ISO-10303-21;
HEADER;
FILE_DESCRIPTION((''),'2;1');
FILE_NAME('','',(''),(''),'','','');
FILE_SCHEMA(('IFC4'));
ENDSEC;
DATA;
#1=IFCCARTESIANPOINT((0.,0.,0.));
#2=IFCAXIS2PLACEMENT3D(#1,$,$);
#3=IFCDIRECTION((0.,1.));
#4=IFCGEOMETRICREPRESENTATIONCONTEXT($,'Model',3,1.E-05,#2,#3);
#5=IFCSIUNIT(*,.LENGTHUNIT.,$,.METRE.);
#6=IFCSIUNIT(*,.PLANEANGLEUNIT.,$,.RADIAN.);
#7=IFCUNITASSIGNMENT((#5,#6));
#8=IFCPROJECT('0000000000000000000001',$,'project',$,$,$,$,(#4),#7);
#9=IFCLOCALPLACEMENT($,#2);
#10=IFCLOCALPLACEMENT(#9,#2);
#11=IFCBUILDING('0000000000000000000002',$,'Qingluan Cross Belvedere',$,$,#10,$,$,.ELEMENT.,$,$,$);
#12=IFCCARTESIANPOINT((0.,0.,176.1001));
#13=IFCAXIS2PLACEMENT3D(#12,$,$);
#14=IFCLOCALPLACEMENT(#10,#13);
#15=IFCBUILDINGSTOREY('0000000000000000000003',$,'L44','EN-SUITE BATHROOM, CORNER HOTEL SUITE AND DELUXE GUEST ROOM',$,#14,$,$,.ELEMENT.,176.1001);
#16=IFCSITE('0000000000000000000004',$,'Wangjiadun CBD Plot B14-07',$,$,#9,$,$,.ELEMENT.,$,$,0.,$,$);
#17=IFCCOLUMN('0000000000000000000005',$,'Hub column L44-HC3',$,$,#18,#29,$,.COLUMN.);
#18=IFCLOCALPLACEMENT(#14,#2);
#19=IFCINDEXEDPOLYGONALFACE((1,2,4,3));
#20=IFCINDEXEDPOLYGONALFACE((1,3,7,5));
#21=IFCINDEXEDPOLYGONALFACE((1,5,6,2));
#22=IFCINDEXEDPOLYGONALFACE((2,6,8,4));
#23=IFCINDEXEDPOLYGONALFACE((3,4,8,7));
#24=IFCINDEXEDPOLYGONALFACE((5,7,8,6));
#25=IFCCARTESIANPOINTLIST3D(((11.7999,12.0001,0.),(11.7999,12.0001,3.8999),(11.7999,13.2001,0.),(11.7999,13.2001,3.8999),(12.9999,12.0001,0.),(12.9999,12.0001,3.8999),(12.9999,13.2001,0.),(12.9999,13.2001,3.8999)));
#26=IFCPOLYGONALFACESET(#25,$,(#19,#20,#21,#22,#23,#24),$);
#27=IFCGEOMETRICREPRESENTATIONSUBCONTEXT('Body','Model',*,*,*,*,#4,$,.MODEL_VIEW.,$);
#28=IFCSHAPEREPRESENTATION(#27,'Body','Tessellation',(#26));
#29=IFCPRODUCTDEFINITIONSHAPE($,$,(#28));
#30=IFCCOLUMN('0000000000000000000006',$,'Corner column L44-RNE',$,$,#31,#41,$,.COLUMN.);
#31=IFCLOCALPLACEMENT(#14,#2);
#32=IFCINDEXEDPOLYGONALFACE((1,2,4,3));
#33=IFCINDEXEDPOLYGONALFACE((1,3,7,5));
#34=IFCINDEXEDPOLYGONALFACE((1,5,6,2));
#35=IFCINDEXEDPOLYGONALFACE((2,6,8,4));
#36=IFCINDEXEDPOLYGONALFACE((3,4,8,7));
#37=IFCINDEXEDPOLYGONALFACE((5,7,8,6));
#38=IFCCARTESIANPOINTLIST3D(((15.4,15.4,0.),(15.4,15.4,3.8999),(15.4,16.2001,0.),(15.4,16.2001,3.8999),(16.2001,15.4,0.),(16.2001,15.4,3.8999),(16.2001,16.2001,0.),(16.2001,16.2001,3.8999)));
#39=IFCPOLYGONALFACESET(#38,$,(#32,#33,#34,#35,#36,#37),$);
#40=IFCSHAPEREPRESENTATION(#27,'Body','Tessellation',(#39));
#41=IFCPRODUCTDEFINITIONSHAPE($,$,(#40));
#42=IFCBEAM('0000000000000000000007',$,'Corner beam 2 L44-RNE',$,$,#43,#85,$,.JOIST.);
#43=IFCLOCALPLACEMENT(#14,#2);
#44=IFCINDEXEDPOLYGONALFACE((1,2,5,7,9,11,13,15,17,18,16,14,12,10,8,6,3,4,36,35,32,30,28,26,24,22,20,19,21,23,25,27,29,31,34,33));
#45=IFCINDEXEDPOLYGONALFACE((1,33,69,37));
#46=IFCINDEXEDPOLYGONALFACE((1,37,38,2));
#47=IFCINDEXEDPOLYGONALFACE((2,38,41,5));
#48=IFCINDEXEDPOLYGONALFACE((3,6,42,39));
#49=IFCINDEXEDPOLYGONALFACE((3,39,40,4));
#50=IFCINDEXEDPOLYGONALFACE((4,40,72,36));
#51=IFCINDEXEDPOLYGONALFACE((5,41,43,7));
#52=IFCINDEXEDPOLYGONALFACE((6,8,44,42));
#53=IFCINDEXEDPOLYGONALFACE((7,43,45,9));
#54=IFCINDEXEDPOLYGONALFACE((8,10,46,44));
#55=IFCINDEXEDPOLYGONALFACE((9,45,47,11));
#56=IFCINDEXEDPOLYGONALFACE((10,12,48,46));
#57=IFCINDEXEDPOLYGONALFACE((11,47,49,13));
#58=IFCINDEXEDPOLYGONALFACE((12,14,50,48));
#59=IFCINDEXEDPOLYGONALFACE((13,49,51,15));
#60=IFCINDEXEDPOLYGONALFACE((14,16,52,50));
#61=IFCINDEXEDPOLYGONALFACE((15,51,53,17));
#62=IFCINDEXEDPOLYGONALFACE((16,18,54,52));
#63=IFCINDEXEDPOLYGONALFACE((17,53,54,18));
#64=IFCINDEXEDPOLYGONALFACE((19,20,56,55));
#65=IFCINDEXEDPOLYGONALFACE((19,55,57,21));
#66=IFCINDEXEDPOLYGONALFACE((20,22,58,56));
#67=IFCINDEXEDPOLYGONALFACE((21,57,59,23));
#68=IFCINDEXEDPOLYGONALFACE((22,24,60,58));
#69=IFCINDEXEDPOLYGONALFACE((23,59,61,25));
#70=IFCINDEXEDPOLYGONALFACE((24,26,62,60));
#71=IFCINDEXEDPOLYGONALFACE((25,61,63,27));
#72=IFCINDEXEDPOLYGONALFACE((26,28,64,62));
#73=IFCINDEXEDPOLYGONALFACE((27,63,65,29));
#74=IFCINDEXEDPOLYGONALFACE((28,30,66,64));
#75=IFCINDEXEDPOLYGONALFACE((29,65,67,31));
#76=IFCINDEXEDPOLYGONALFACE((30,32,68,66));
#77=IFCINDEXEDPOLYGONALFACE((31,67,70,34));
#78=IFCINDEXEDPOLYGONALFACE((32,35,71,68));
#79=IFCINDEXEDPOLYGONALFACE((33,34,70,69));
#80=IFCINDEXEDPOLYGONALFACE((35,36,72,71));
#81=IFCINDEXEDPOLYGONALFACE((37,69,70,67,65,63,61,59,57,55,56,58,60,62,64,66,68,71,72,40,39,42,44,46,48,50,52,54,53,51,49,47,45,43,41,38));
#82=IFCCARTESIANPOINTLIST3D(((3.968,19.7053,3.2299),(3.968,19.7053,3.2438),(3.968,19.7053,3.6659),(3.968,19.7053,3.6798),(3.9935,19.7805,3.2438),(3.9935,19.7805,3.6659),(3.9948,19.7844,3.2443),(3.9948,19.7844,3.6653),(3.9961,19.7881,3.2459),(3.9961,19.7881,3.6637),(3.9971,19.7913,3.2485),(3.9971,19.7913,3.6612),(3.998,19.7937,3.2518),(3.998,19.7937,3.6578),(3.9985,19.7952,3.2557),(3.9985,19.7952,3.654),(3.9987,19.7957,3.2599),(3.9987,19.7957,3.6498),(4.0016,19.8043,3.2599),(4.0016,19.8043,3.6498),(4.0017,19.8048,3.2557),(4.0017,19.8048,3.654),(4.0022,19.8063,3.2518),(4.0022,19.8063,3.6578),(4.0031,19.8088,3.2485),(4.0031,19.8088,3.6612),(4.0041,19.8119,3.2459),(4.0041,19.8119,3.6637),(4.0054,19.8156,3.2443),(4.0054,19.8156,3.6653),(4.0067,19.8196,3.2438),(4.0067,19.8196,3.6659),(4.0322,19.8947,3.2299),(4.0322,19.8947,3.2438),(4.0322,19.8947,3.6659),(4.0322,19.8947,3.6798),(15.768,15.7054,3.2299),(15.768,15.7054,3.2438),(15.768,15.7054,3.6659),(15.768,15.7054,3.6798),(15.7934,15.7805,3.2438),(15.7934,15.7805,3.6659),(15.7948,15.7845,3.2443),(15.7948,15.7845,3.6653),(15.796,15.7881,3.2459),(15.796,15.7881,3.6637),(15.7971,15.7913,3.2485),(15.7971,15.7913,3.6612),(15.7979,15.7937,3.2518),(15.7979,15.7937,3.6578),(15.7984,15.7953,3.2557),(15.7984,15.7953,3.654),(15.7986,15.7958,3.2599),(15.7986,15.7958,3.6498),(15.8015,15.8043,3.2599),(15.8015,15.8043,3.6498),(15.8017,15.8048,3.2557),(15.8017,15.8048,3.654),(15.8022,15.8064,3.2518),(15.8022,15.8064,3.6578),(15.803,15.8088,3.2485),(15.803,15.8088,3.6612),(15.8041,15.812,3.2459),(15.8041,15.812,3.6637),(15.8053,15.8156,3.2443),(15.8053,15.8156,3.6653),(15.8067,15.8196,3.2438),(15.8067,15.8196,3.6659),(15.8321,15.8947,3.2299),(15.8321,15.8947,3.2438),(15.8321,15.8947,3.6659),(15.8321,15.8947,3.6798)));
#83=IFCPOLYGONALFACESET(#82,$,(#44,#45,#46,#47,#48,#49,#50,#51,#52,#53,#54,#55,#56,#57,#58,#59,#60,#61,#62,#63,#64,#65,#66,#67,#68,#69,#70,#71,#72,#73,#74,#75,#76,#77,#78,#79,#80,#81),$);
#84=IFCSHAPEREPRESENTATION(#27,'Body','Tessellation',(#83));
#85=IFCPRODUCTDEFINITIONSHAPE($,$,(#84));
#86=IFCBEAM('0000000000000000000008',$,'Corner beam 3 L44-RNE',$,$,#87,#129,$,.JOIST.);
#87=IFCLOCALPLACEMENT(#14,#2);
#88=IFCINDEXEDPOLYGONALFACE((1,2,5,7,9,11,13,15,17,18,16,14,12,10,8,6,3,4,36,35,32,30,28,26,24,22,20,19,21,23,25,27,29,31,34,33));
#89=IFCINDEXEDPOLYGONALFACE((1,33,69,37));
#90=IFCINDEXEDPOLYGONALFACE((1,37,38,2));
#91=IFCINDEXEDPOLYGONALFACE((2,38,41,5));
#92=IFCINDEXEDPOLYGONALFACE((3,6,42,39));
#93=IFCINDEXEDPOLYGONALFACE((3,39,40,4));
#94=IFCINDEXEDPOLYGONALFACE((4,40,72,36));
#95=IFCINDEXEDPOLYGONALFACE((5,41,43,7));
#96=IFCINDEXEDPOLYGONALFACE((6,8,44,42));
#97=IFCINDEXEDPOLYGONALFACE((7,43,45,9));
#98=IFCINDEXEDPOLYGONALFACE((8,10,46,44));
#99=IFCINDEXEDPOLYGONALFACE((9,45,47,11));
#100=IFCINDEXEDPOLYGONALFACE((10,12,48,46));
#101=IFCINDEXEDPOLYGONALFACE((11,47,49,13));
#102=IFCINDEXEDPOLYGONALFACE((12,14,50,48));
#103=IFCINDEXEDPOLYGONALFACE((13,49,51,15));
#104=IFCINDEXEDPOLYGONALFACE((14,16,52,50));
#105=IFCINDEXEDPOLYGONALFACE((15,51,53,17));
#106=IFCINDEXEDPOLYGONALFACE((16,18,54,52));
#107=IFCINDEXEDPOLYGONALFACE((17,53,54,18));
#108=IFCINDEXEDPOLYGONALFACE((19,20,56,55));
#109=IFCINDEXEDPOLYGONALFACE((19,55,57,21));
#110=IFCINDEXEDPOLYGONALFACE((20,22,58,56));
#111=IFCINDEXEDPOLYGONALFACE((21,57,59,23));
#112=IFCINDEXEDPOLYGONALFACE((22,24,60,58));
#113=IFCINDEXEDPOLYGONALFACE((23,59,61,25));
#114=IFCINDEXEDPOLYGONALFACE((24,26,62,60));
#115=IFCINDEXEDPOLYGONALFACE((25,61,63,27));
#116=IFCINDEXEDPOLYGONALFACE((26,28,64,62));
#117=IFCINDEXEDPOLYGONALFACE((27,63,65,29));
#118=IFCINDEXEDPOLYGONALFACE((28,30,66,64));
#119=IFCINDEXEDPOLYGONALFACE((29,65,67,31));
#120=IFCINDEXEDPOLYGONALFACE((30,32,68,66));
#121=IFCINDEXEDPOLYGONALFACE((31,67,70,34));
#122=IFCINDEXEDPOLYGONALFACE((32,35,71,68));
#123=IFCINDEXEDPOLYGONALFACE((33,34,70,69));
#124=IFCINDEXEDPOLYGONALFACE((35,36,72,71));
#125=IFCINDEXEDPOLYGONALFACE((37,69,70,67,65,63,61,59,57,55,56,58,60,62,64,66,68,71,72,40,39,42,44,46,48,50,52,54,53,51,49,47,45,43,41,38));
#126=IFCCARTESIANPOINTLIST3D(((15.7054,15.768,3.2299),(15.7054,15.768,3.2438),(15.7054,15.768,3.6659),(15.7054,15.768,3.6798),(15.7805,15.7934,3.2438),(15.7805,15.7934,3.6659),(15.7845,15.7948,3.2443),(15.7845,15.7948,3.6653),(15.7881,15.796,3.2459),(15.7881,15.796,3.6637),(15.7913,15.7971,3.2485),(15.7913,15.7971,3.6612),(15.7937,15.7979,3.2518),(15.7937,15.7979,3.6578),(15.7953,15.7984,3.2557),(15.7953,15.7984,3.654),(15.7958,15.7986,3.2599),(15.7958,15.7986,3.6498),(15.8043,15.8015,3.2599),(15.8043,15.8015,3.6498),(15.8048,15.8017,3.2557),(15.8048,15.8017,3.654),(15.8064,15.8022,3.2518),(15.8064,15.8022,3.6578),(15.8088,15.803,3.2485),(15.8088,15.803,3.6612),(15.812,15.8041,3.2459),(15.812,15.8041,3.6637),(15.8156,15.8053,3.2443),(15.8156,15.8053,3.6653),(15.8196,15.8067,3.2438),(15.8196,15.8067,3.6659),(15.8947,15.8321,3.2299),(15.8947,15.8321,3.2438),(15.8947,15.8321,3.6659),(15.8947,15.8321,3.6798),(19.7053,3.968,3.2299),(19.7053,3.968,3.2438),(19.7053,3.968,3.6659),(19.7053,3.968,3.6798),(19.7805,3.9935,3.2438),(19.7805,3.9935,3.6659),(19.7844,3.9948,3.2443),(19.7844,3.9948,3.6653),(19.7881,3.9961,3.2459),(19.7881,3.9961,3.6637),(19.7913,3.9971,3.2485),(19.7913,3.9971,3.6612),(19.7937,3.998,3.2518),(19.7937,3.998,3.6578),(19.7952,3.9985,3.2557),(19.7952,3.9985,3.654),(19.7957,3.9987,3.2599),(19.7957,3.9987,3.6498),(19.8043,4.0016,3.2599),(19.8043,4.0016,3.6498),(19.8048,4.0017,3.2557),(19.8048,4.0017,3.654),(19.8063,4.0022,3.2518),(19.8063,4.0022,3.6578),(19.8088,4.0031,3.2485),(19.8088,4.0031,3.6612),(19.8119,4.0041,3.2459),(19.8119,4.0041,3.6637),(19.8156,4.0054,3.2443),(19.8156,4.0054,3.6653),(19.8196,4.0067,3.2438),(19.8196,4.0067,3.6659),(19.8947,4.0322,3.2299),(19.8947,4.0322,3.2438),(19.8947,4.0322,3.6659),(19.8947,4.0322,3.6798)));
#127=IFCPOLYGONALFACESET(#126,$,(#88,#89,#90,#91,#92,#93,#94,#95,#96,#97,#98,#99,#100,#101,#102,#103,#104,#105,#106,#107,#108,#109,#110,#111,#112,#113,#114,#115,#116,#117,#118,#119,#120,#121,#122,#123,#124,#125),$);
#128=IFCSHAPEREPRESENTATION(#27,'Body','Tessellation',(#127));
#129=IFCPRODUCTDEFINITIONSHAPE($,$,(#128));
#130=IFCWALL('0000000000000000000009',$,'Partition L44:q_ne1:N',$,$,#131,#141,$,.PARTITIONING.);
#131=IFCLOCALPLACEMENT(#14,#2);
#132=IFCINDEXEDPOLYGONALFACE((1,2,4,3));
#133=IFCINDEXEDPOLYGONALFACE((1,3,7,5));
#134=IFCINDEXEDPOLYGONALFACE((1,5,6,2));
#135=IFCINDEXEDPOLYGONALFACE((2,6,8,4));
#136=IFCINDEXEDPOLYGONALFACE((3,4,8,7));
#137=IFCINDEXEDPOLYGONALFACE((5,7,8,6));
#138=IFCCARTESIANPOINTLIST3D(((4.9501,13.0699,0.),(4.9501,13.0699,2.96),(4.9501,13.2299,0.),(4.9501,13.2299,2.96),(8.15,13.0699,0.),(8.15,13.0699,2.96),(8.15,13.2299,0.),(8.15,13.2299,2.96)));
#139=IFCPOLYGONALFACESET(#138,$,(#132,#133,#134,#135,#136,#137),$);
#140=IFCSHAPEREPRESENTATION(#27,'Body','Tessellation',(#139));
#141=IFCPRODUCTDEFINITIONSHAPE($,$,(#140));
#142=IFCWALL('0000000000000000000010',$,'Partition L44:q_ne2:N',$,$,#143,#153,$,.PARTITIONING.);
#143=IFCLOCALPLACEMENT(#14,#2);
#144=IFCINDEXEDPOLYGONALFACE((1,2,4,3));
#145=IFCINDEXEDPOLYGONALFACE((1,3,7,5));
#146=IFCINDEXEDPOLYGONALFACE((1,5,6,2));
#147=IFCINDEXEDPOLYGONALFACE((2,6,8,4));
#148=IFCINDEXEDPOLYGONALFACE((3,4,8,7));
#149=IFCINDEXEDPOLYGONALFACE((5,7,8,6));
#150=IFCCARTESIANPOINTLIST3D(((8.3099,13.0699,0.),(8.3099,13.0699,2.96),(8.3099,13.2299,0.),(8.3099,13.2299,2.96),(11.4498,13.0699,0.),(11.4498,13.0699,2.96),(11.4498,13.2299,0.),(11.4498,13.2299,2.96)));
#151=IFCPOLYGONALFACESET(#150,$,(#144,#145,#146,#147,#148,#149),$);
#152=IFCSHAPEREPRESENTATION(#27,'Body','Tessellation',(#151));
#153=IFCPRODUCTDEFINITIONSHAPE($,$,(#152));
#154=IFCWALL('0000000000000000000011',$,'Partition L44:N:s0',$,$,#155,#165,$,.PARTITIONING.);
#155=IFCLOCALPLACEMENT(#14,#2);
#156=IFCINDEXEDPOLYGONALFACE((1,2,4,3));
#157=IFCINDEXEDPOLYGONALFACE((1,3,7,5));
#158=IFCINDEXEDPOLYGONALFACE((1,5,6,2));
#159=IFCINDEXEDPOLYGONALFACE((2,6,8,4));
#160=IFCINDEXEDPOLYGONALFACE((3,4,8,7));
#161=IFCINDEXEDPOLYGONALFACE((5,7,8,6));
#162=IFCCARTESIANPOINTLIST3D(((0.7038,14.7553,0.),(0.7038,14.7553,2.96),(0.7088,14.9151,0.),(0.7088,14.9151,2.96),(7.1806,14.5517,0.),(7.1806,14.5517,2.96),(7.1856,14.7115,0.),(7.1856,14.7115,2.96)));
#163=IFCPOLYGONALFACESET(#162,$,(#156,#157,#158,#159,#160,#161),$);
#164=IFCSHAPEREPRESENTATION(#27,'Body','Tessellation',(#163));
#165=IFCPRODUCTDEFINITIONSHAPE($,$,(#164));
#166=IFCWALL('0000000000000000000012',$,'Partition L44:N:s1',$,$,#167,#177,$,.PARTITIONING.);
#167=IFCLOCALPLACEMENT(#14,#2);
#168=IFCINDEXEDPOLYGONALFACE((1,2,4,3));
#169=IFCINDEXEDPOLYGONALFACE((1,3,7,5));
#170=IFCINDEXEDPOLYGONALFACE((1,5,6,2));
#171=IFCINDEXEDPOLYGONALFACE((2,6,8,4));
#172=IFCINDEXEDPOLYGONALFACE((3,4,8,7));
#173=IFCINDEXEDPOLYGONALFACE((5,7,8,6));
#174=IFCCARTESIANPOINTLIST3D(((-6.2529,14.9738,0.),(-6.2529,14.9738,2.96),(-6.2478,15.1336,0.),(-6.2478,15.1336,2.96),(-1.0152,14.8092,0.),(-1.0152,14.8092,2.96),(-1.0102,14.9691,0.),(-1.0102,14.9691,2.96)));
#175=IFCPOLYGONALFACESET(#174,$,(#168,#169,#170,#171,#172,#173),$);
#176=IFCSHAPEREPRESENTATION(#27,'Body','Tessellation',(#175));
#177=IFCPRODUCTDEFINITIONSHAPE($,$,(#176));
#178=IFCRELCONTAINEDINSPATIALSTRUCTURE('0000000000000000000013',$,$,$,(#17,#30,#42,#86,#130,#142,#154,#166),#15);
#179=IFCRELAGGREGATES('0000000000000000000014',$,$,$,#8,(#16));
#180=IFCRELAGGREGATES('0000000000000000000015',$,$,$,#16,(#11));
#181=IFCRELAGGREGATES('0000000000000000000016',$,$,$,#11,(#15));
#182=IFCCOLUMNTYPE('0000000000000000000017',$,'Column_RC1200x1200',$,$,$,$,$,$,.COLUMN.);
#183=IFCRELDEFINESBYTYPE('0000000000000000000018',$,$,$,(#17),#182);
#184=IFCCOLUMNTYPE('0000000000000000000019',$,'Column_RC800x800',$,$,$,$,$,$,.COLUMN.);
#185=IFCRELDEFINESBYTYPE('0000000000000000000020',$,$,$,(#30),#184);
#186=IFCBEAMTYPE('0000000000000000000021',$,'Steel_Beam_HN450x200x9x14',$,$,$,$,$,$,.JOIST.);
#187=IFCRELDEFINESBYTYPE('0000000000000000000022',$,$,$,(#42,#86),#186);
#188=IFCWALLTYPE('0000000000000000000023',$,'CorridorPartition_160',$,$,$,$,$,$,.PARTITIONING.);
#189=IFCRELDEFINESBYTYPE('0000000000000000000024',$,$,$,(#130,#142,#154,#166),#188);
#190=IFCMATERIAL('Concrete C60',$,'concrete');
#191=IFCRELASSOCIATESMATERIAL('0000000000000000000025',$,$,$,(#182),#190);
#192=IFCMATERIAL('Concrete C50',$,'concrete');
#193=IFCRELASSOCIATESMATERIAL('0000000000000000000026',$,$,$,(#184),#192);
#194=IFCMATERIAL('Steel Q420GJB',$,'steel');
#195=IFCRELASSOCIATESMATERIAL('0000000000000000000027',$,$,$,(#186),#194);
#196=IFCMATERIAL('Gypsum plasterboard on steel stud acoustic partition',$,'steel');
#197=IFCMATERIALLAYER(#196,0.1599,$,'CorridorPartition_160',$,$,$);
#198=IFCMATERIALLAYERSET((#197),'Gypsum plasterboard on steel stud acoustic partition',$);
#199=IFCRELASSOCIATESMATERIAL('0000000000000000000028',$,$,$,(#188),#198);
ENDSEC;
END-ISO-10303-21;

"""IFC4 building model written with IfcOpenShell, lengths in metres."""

from ifc_helpers import new_model, si_unit, direction, frame, frame_2d, origin, origin_2d, place, context, subcontext, project, spatial, rectangle, i_section, extrude, material, layer, layer_set, material_profile, profile_set, type_object, element, save


model = new_model("IFC4")

# Units and contexts
model_context = context("Model", 3, precision=1e-05, world=origin(), true_north=direction((0.0, 1.0)))
body_context = subcontext(model_context, "Body", "Model", "MODEL_VIEW")
ifc_project = project(units=[si_unit("LENGTHUNIT", "METRE"), si_unit("PLANEANGLEUNIT", "RADIAN")], contexts=[model_context])

# Site, building, storey
site_placement = place(None, origin())
site = spatial("IfcSite", under=ifc_project, at=site_placement, Name="Wangjiadun CBD Plot B14-07", CompositionType="ELEMENT", RefElevation=0.0)
building_placement = place(site_placement, origin())
building = spatial("IfcBuilding", under=site, at=building_placement, Name="Qingluan Cross Belvedere", CompositionType="ELEMENT")
storey_placement = place(building_placement, frame((0.0, 0.0, 176.1001)))
storey = spatial("IfcBuildingStorey", under=building, at=storey_placement, Name="L44", Description="EN-SUITE BATHROOM, CORNER HOTEL SUITE AND DELUXE GUEST ROOM", CompositionType="ELEMENT", Elevation=176.1001)

# Columns
ifc_material_1 = material(Name="Concrete C60", Category="concrete")
ifc_material_profile_1 = material_profile(ifc_material_1, rectangle(XDim=1.2, YDim=1.2, at=origin_2d()), Name="RC1200x1200")
ifc_profile_set_1 = profile_set([ifc_material_profile_1], Name="Concrete C60")
column_type_1 = type_object("IfcColumnType", Name="Column_RC1200x1200", PredefinedType="COLUMN", material=ifc_profile_set_1)
column_1_placement = place(storey_placement, frame((12.3999, 12.6001, 0.0), z_axis=(0.0, 0.0, 1.0), x_axis=(1.0, 0.0, 0.0)))
element("IfcColumn", 1, at=column_1_placement, inside=storey, type_object=column_type_1, Name="Hub column L44-HC3", PredefinedType="COLUMN", context=body_context, shape_type="SweptSolid", body=[
    extrude(rectangle(XDim=1.2, YDim=1.2, at=origin_2d()), origin(), (0.0, 0.0, 1.0), 3.8999),
])
ifc_material_2 = material(Name="Concrete C50", Category="concrete")
ifc_material_profile_2 = material_profile(ifc_material_2, rectangle(XDim=0.8, YDim=0.8, at=origin_2d()), Name="RC800x800")
ifc_profile_set_2 = profile_set([ifc_material_profile_2], Name="Concrete C50")
column_type_2 = type_object("IfcColumnType", Name="Column_RC800x800", PredefinedType="COLUMN", material=ifc_profile_set_2)
column_2_placement = place(storey_placement, frame((15.8, 15.8, 0.0), z_axis=(0.0, 0.0, 1.0), x_axis=(1.0, 0.0, 0.0)))
element("IfcColumn", 2, at=column_2_placement, inside=storey, type_object=column_type_2, Name="Corner column L44-RNE", PredefinedType="COLUMN", context=body_context, shape_type="SweptSolid", body=[
    extrude(rectangle(XDim=0.8, YDim=0.8, at=origin_2d()), origin(), (0.0, 0.0, 1.0), 3.8999),
])

# Beams
ifc_material_3 = material(Name="Steel Q420GJB", Category="steel")
ifc_material_profile_3 = material_profile(ifc_material_3, i_section(OverallWidth=0.2, OverallDepth=0.45, WebThickness=0.009, FlangeThickness=0.0139, FilletRadius=0.0161, at=origin_2d()), Name="HN450x200x9x14")
ifc_profile_set_3 = profile_set([ifc_material_profile_3], Name="Steel Q420GJB")
beam_type = type_object("IfcBeamType", Name="Steel_Beam_HN450x200x9x14", PredefinedType="JOIST", material=ifc_profile_set_3)
for number, where, z_axis, x_axis, name in (
    (3, (15.8, 15.8, 3.4548), (-0.947066, 0.321038, 0.0), (-0.321038, -0.947066, 0.0), "Corner beam 2 L44-RNE"),
    (4, (15.8, 15.8, 3.4548), (0.321038, -0.947066, 0.0), (0.947066, 0.321038, 0.0), "Corner beam 3 L44-RNE"),
):
    element("IfcBeam", number, at=place(storey_placement, frame(where, z_axis=z_axis, x_axis=x_axis)), inside=storey, type_object=beam_type, Name=name, PredefinedType="JOIST", context=body_context, shape_type="SweptSolid", body=[
        extrude(i_section(OverallWidth=0.2, OverallDepth=0.45, WebThickness=0.009, FlangeThickness=0.0139, FilletRadius=0.0161, at=origin_2d()), origin(), (0.0, 0.0, 1.0), 12.4595),
    ])

# Walls
ifc_material_4 = material(Name="Gypsum plasterboard on steel stud acoustic partition", Category="steel")
ifc_layer_1 = layer(ifc_material_4, 0.1599, Name="CorridorPartition_160")
ifc_layer_set_1 = layer_set([ifc_layer_1], Name="Gypsum plasterboard on steel stud acoustic partition")
wall_type_1 = type_object("IfcWallType", Name="CorridorPartition_160", PredefinedType="PARTITIONING", material=ifc_layer_set_1)
wall_1_placement = place(storey_placement, frame((4.95, 13.1499, 0.0), z_axis=(0.0, 0.0, 1.0), x_axis=(1.0, 0.0, 0.0)))
element("IfcWall", 5, at=wall_1_placement, inside=storey, type_object=wall_type_1, Name="Partition L44:q_ne1:N", PredefinedType="PARTITIONING", context=body_context, shape_type="SweptSolid", body=[
    extrude(rectangle(XDim=3.2, YDim=0.1599, at=frame_2d((1.6001, 0.0))), origin(), (0.0, 0.0, 1.0), 2.96),
])
wall_2_placement = place(storey_placement, frame((8.3101, 13.1499, 0.0), z_axis=(0.0, 0.0, 1.0), x_axis=(1.0, 0.0, 0.0)))
element("IfcWall", 6, at=wall_2_placement, inside=storey, type_object=wall_type_1, Name="Partition L44:q_ne2:N", PredefinedType="PARTITIONING", context=body_context, shape_type="SweptSolid", body=[
    extrude(rectangle(XDim=3.1399, YDim=0.1599, at=frame_2d((1.5698, 0.0))), origin(), (0.0, 0.0, 1.0), 2.96),
])

# Wall
wall_3_placement = place(storey_placement, frame((0.7063, 14.8352, 0.0), z_axis=(0.0, 0.0, 1.0), x_axis=(0.999506, -0.031422, 0.0)))
element("IfcWall", 7, at=wall_3_placement, inside=storey, type_object=wall_type_1, Name="Partition L44:N:s0", PredefinedType="PARTITIONING", context=body_context, shape_type="SweptSolid", body=[
    extrude(rectangle(XDim=6.48, YDim=0.1599, at=frame_2d((3.24, 0.0))), origin(), (0.0, 0.0, 1.0), 2.96),
])

# Wall
wall_4_placement = place(storey_placement, frame((-1.0127, 14.8892, 0.0), z_axis=(0.0, 0.0, 1.0), x_axis=(-0.999507, 0.031402, 0.0)))
element("IfcWall", 8, at=wall_4_placement, inside=storey, type_object=wall_type_1, Name="Partition L44:N:s1", PredefinedType="PARTITIONING", context=body_context, shape_type="SweptSolid", body=[
    extrude(rectangle(XDim=5.2402, YDim=0.1599, at=frame_2d((2.6201, 0.0))), origin(), (0.0, 0.0, 1.0), 2.96),
])

save(model, "model.ifc")
